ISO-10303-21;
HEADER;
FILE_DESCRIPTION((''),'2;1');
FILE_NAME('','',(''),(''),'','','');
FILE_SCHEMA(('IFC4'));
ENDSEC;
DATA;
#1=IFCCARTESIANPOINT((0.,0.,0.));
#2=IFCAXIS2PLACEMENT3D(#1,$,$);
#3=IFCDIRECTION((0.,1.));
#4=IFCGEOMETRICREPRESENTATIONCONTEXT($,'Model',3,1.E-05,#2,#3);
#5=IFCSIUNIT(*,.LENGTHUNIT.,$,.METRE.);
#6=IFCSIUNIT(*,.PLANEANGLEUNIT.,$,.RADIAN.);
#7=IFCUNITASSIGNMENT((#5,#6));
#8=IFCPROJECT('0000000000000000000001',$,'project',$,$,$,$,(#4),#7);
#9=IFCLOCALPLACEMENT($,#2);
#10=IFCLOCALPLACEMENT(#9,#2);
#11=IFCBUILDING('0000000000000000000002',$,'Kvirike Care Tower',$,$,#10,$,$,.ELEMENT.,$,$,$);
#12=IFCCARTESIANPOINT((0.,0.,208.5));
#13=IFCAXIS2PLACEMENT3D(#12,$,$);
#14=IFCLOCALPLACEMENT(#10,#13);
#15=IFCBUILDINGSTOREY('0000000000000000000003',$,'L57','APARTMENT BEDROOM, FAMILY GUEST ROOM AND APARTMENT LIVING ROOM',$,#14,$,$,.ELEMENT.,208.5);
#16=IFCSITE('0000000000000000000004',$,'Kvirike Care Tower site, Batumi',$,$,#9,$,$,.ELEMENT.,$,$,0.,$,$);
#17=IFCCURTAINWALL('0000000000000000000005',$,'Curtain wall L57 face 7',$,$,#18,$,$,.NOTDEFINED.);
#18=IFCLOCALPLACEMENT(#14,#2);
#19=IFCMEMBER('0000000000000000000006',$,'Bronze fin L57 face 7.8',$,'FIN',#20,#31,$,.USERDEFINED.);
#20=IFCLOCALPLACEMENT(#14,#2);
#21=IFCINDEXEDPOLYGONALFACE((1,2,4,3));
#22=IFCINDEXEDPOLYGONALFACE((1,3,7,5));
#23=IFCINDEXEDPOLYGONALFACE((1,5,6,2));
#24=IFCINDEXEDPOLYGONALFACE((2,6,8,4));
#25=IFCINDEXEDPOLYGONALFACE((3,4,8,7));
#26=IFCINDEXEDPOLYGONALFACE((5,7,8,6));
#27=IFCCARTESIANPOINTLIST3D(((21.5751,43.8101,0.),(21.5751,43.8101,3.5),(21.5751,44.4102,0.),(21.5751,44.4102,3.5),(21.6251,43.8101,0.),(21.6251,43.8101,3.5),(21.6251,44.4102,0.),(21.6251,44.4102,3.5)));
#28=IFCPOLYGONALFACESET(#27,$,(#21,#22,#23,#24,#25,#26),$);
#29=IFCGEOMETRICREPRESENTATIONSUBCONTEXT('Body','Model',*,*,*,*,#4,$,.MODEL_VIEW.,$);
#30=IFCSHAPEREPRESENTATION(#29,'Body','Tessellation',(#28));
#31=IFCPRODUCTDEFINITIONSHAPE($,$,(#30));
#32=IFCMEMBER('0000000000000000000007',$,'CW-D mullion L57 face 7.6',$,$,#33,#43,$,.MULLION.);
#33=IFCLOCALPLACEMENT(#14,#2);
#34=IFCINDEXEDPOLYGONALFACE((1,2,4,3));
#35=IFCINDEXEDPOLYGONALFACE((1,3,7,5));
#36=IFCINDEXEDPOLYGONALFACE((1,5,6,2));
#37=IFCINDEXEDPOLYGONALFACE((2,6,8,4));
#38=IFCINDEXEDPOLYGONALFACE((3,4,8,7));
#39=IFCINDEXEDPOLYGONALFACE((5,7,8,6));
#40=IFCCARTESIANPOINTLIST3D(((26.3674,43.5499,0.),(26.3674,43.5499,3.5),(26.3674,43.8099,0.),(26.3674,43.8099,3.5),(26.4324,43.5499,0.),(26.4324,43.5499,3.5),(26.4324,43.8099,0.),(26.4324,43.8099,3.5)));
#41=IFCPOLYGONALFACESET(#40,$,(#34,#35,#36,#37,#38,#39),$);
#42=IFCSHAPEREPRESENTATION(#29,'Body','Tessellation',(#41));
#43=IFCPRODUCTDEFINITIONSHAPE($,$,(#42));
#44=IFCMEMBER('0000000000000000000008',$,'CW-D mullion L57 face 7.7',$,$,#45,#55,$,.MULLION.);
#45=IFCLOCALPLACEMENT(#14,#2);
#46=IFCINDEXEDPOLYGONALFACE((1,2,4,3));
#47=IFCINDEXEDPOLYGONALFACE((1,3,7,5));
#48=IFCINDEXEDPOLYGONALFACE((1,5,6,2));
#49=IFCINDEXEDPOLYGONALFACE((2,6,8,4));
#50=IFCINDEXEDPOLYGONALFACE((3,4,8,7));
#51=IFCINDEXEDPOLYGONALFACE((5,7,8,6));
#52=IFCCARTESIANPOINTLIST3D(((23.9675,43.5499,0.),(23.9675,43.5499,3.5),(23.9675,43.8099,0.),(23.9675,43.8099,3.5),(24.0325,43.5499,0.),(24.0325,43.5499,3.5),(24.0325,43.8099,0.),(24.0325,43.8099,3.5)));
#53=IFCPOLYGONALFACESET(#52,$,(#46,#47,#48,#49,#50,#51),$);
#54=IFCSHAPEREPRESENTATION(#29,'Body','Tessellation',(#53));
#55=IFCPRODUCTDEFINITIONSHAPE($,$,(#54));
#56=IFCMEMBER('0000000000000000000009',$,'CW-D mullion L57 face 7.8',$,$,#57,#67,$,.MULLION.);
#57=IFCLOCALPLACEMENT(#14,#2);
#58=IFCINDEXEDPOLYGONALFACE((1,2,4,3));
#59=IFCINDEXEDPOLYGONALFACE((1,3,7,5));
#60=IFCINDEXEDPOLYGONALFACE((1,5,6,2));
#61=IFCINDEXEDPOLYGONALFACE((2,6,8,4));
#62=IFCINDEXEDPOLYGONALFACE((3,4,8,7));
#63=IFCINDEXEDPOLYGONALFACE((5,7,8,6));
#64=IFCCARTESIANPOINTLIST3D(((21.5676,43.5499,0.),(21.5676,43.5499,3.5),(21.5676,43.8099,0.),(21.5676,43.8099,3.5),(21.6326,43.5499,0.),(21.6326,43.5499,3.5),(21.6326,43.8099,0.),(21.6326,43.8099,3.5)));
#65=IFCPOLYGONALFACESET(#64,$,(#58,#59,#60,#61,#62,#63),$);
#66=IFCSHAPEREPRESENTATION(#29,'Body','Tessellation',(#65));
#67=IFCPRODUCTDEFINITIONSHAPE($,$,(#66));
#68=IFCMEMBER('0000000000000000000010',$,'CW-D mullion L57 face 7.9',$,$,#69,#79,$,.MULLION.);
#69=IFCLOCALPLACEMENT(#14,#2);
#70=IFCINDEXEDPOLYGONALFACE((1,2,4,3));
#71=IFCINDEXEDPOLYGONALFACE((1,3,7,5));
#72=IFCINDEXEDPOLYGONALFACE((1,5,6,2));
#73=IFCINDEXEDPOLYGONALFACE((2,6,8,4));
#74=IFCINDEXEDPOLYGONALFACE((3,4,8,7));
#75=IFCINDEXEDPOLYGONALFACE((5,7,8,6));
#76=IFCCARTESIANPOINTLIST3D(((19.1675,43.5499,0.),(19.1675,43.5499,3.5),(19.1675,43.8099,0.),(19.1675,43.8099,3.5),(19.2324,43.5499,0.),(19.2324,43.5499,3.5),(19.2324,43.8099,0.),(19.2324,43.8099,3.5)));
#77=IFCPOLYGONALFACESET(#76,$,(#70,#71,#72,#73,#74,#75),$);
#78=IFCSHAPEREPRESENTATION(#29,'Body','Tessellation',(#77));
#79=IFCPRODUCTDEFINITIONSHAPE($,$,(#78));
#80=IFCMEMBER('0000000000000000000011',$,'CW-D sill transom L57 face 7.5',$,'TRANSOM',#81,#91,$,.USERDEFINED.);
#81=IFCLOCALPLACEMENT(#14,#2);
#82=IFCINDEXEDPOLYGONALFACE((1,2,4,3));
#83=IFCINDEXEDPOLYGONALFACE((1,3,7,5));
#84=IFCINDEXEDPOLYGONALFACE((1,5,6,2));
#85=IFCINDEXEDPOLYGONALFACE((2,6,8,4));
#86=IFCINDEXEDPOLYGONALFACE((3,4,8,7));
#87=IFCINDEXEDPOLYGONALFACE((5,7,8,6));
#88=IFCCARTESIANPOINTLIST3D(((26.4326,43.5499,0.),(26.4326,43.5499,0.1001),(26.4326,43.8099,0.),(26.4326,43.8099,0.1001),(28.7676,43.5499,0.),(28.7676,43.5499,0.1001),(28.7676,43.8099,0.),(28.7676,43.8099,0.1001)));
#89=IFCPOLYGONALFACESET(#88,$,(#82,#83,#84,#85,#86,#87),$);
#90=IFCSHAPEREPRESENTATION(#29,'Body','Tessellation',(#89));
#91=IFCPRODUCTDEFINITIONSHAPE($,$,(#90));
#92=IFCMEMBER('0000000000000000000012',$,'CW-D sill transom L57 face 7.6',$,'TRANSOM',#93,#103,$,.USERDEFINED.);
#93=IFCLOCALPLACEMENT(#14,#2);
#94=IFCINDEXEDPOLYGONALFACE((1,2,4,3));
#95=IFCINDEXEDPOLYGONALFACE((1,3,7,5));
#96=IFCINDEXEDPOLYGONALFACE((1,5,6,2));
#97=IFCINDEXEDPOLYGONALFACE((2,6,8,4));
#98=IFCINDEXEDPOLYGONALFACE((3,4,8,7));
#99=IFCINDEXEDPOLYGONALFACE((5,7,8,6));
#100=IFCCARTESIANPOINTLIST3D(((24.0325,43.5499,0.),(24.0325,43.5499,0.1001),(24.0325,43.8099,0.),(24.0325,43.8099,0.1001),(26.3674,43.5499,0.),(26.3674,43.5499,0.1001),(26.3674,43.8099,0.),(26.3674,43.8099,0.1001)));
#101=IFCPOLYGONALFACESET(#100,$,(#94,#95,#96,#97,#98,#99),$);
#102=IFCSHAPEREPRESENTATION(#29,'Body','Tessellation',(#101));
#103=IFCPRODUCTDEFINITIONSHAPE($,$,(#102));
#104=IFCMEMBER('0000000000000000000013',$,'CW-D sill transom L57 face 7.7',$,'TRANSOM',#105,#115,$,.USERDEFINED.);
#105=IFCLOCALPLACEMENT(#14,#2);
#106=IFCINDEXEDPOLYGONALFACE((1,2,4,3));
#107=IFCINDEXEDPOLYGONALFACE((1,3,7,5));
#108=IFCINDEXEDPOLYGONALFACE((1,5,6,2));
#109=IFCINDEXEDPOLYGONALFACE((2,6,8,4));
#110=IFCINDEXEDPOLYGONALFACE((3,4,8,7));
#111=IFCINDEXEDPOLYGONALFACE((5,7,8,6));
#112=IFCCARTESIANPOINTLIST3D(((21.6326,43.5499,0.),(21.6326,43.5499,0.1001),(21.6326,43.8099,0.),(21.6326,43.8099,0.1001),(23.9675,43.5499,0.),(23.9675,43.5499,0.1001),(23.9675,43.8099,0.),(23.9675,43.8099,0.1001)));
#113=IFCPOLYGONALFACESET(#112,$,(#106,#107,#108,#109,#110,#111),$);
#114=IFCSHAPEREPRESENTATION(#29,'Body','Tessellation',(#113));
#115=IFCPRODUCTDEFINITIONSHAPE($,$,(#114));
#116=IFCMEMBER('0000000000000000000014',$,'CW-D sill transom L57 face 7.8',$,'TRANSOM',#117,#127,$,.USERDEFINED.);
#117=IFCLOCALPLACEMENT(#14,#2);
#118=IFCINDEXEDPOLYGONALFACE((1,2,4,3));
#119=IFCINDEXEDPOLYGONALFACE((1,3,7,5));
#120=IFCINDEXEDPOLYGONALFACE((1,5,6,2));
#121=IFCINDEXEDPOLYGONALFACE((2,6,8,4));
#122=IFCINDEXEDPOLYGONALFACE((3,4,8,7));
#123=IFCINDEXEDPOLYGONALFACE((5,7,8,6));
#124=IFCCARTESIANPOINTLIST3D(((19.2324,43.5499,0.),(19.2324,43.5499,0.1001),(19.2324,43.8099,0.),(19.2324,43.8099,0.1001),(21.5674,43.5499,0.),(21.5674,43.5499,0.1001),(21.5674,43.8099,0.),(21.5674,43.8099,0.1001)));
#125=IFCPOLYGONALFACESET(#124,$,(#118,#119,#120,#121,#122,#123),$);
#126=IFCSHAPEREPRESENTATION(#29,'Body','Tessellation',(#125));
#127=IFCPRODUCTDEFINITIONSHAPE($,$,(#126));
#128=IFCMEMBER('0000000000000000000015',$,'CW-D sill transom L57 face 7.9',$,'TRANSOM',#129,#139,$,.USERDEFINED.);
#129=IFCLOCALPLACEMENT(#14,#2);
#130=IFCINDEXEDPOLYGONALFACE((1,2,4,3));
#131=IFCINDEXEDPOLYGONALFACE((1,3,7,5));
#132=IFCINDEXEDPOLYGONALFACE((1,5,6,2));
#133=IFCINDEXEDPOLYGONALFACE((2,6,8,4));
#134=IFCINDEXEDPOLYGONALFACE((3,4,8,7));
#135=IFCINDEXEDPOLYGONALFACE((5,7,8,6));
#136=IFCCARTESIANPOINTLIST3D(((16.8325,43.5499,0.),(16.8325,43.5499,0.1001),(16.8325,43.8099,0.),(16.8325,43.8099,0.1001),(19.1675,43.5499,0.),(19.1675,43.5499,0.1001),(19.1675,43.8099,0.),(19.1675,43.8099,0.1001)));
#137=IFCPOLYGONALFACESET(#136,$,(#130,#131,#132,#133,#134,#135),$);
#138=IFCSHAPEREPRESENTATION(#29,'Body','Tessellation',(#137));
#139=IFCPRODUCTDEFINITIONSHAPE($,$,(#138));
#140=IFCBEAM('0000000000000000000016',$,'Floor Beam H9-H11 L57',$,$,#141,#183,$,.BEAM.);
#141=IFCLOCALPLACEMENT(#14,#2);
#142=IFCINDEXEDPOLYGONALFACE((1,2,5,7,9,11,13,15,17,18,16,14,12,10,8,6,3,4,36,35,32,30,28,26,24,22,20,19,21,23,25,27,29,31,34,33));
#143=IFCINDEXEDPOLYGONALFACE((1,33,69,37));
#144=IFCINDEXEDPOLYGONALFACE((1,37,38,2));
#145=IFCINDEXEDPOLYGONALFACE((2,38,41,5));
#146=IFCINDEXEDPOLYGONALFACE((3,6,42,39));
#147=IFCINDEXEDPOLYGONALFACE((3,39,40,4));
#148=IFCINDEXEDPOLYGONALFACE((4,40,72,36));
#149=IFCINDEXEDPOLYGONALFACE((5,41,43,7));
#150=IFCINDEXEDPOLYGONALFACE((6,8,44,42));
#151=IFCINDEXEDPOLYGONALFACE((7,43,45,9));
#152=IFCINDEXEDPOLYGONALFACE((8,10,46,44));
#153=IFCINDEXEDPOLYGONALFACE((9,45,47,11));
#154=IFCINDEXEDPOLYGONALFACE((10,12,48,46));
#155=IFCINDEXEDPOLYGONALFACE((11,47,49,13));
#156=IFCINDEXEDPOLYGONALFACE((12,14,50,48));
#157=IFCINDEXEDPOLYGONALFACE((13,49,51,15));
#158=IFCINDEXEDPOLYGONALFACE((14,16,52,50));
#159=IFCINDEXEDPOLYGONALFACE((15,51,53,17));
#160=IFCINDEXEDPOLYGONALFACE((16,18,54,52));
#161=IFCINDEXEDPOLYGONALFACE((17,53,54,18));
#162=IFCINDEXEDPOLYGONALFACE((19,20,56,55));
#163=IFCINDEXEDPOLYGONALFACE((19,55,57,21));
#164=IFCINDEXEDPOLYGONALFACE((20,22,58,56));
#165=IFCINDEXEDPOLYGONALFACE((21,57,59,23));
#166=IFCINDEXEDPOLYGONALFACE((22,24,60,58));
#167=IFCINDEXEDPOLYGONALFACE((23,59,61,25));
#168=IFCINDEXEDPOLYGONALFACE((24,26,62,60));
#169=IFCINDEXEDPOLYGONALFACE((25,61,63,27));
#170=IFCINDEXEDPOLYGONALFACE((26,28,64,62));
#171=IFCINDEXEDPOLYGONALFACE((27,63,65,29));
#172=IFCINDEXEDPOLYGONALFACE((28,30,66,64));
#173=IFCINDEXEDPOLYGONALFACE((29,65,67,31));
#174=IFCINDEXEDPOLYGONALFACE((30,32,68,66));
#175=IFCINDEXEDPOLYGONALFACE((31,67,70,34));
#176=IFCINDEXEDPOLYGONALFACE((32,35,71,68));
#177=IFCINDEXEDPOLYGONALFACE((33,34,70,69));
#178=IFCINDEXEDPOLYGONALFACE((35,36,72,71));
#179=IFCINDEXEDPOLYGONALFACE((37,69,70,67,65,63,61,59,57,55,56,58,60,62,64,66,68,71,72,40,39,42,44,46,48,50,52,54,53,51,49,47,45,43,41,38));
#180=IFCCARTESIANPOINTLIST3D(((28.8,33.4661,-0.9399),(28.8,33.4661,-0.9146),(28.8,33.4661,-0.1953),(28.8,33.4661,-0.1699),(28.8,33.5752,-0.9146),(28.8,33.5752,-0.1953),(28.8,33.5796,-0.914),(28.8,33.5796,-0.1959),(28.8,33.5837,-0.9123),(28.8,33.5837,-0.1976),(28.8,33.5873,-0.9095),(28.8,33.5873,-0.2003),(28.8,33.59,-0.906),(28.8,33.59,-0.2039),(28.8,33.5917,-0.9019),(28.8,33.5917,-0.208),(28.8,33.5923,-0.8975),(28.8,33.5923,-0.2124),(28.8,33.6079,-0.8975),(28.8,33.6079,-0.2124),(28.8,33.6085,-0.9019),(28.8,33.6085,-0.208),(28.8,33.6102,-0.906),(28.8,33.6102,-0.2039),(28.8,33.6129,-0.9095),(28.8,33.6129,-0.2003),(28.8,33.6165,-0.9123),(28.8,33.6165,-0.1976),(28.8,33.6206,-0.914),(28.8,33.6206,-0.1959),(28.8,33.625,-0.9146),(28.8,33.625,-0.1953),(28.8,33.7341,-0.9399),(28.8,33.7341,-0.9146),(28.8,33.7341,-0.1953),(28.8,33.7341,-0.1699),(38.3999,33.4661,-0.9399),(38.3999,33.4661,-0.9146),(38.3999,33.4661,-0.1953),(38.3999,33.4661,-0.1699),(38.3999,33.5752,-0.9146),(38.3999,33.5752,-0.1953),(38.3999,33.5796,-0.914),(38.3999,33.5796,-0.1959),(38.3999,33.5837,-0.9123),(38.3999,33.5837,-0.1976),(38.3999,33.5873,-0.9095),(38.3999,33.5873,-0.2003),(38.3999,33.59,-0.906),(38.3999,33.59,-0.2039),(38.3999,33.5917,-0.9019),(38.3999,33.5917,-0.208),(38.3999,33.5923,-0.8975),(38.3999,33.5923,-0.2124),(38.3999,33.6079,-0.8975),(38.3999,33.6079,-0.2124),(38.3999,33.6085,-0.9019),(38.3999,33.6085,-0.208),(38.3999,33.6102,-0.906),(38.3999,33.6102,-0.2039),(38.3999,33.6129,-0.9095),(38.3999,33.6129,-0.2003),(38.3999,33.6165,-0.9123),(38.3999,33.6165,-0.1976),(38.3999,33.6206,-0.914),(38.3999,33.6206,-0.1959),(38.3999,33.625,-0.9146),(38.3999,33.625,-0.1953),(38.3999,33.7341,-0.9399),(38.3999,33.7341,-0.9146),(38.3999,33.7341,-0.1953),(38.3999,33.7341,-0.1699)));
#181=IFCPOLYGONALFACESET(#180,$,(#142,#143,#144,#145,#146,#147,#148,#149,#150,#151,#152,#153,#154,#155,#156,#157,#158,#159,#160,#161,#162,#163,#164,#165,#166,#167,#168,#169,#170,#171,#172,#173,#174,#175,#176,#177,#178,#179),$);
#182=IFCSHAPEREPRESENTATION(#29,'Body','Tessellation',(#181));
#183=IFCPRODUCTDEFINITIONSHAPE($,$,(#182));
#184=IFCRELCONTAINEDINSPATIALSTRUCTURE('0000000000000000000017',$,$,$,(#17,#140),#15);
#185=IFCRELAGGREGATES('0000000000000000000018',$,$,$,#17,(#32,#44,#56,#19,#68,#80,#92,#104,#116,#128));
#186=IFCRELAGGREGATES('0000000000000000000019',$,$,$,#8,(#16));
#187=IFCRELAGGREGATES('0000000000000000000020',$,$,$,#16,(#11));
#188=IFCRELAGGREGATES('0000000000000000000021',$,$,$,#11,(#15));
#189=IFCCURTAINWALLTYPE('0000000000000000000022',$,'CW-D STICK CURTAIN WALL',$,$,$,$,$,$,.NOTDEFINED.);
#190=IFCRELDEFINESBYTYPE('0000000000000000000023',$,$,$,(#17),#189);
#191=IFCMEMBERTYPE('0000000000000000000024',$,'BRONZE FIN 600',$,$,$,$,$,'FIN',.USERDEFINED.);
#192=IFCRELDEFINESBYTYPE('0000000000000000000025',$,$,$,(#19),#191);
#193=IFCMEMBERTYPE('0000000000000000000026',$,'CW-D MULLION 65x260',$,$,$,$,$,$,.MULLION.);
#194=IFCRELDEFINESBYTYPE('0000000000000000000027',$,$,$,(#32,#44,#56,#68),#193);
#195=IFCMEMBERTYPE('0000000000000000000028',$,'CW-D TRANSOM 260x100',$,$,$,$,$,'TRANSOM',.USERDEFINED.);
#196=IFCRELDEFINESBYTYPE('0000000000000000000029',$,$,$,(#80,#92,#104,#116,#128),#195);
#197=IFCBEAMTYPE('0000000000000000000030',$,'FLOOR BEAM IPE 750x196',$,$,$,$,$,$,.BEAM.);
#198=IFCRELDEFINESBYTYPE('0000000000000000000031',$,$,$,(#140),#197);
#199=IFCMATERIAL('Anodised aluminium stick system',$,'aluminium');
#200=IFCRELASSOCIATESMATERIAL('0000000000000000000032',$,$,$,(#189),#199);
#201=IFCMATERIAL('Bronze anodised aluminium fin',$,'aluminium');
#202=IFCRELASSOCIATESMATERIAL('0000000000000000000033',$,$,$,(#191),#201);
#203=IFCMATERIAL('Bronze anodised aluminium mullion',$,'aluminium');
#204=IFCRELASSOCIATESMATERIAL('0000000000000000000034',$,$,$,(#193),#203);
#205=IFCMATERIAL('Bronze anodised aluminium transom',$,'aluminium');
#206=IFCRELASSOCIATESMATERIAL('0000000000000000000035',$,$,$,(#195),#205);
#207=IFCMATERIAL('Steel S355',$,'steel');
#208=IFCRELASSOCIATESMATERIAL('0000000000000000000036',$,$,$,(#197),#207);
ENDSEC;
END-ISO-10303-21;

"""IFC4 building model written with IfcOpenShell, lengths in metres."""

from ifc_helpers import new_model, si_unit, direction, frame, origin, origin_2d, place, context, subcontext, project, spatial, rectangle, i_section, extrude, material, material_profile, profile_set, type_object, element, aggregate, save


model = new_model("IFC4")

# Units and contexts
model_context = context("Model", 3, precision=1e-05, world=origin(), true_north=direction((0.0, 1.0)))
body_context = subcontext(model_context, "Body", "Model", "MODEL_VIEW")
ifc_project = project(units=[si_unit("LENGTHUNIT", "METRE"), si_unit("PLANEANGLEUNIT", "RADIAN")], contexts=[model_context])

# Site, building, storey
site_placement = place(None, origin())
site = spatial("IfcSite", under=ifc_project, at=site_placement, Name="Kvirike Care Tower site, Batumi", CompositionType="ELEMENT", RefElevation=0.0)
building_placement = place(site_placement, origin())
building = spatial("IfcBuilding", under=site, at=building_placement, Name="Kvirike Care Tower", CompositionType="ELEMENT")
storey_placement = place(building_placement, frame((0.0, 0.0, 208.5)))
storey = spatial("IfcBuildingStorey", under=building, at=storey_placement, Name="L57", Description="APARTMENT BEDROOM, FAMILY GUEST ROOM AND APARTMENT LIVING ROOM", CompositionType="ELEMENT", Elevation=208.5)

# Curtain wall, members
ifc_material_1 = material(Name="Anodised aluminium stick system", Category="aluminium")
curtain_wall_type = type_object("IfcCurtainWallType", Name="CW-D STICK CURTAIN WALL", PredefinedType="NOTDEFINED", material=ifc_material_1)
curtain_wall_placement = place(storey_placement, origin())
curtain_wall = element("IfcCurtainWall", 1, at=curtain_wall_placement, inside=storey, type_object=curtain_wall_type, Name="Curtain wall L57 face 7", PredefinedType="NOTDEFINED")
ifc_material_2 = material(Name="Bronze anodised aluminium fin", Category="aluminium")
ifc_material_profile_1 = material_profile(ifc_material_2, rectangle(XDim=0.05, YDim=0.6001, at=origin_2d()), Name="BRONZE FIN 600")
ifc_profile_set_1 = profile_set([ifc_material_profile_1], Name="Bronze anodised aluminium fin")
member_type_1 = type_object("IfcMemberType", Name="BRONZE FIN 600", ElementType="FIN", PredefinedType="USERDEFINED", material=ifc_profile_set_1)
member_1_placement = place(storey_placement, frame((21.6001, 44.1101, 0.0), z_axis=(0.0, 0.0, 1.0), x_axis=(-1.0, 0.0, 0.0)))
member_1 = element("IfcMember", 2, at=member_1_placement, type_object=member_type_1, Name="Bronze fin L57 face 7.8", ObjectType="FIN", PredefinedType="USERDEFINED", context=body_context, shape_type="SweptSolid", body=[
    extrude(rectangle(XDim=0.05, YDim=0.6001, at=origin_2d()), origin(), (0.0, 0.0, 1.0), 3.5),
])
ifc_material_3 = material(Name="Bronze anodised aluminium mullion", Category="aluminium")
ifc_material_profile_2 = material_profile(ifc_material_3, rectangle(XDim=0.0649, YDim=0.26, at=origin_2d()), Name="CW-D MULLION 65x260")
ifc_profile_set_2 = profile_set([ifc_material_profile_2], Name="Bronze anodised aluminium mullion")
member_type_2 = type_object("IfcMemberType", Name="CW-D MULLION 65x260", PredefinedType="MULLION", material=ifc_profile_set_2)
member_2_placement = place(storey_placement, frame((26.3999, 43.6799, 0.0), z_axis=(0.0, 0.0, 1.0), x_axis=(-1.0, 0.0, 0.0)))
member_2 = element("IfcMember", 3, at=member_2_placement, type_object=member_type_2, Name="CW-D mullion L57 face 7.6", PredefinedType="MULLION", context=body_context, shape_type="SweptSolid", body=[
    extrude(rectangle(XDim=0.0649, YDim=0.26, at=origin_2d()), origin(), (0.0, 0.0, 1.0), 3.5),
])
member_3_placement = place(storey_placement, frame((24.0, 43.6799, 0.0), z_axis=(0.0, 0.0, 1.0), x_axis=(-1.0, 0.0, 0.0)))
member_3 = element("IfcMember", 4, at=member_3_placement, type_object=member_type_2, Name="CW-D mullion L57 face 7.7", PredefinedType="MULLION", context=body_context, shape_type="SweptSolid", body=[
    extrude(rectangle(XDim=0.0649, YDim=0.26, at=origin_2d()), origin(), (0.0, 0.0, 1.0), 3.5),
])
member_4_placement = place(storey_placement, frame((21.6001, 43.6799, 0.0), z_axis=(0.0, 0.0, 1.0), x_axis=(-1.0, 0.0, 0.0)))
member_4 = element("IfcMember", 5, at=member_4_placement, type_object=member_type_2, Name="CW-D mullion L57 face 7.8", PredefinedType="MULLION", context=body_context, shape_type="SweptSolid", body=[
    extrude(rectangle(XDim=0.0649, YDim=0.26, at=origin_2d()), origin(), (0.0, 0.0, 1.0), 3.5),
])
member_5_placement = place(storey_placement, frame((19.2, 43.6799, 0.0), z_axis=(0.0, 0.0, 1.0), x_axis=(-1.0, 0.0, 0.0)))
member_5 = element("IfcMember", 6, at=member_5_placement, type_object=member_type_2, Name="CW-D mullion L57 face 7.9", PredefinedType="MULLION", context=body_context, shape_type="SweptSolid", body=[
    extrude(rectangle(XDim=0.0649, YDim=0.26, at=origin_2d()), origin(), (0.0, 0.0, 1.0), 3.5),
])
ifc_material_4 = material(Name="Bronze anodised aluminium transom", Category="aluminium")
ifc_material_profile_3 = material_profile(ifc_material_4, rectangle(XDim=0.26, YDim=0.1001, at=origin_2d()), Name="CW-D TRANSOM 260x100")
ifc_profile_set_3 = profile_set([ifc_material_profile_3], Name="Bronze anodised aluminium transom")
member_type_3 = type_object("IfcMemberType", Name="CW-D TRANSOM 260x100", ElementType="TRANSOM", PredefinedType="USERDEFINED", material=ifc_profile_set_3)
member_6_placement = place(storey_placement, frame((28.7676, 43.6799, 0.05), z_axis=(-1.0, 0.0, 0.0), x_axis=(0.0, -1.0, 0.0)))
member_6 = element("IfcMember", 7, at=member_6_placement, type_object=member_type_3, Name="CW-D sill transom L57 face 7.5", ObjectType="TRANSOM", PredefinedType="USERDEFINED", context=body_context, shape_type="SweptSolid", body=[
    extrude(rectangle(XDim=0.26, YDim=0.1001, at=origin_2d()), origin(), (0.0, 0.0, 1.0), 2.335),
])
member_7_placement = place(storey_placement, frame((26.3674, 43.6799, 0.05), z_axis=(-1.0, 0.0, 0.0), x_axis=(0.0, -1.0, 0.0)))
member_7 = element("IfcMember", 8, at=member_7_placement, type_object=member_type_3, Name="CW-D sill transom L57 face 7.6", ObjectType="TRANSOM", PredefinedType="USERDEFINED", context=body_context, shape_type="SweptSolid", body=[
    extrude(rectangle(XDim=0.26, YDim=0.1001, at=origin_2d()), origin(), (0.0, 0.0, 1.0), 2.335),
])
member_8_placement = place(storey_placement, frame((23.9675, 43.6799, 0.05), z_axis=(-1.0, 0.0, 0.0), x_axis=(0.0, -1.0, 0.0)))
member_8 = element("IfcMember", 9, at=member_8_placement, type_object=member_type_3, Name="CW-D sill transom L57 face 7.7", ObjectType="TRANSOM", PredefinedType="USERDEFINED", context=body_context, shape_type="SweptSolid", body=[
    extrude(rectangle(XDim=0.26, YDim=0.1001, at=origin_2d()), origin(), (0.0, 0.0, 1.0), 2.335),
])
member_9_placement = place(storey_placement, frame((21.5674, 43.6799, 0.05), z_axis=(-1.0, 0.0, 0.0), x_axis=(0.0, -1.0, 0.0)))
member_9 = element("IfcMember", 10, at=member_9_placement, type_object=member_type_3, Name="CW-D sill transom L57 face 7.8", ObjectType="TRANSOM", PredefinedType="USERDEFINED", context=body_context, shape_type="SweptSolid", body=[
    extrude(rectangle(XDim=0.26, YDim=0.1001, at=origin_2d()), origin(), (0.0, 0.0, 1.0), 2.335),
])
member_10_placement = place(storey_placement, frame((19.1675, 43.6799, 0.05), z_axis=(-1.0, 0.0, 0.0), x_axis=(0.0, -1.0, 0.0)))
member_10 = element("IfcMember", 11, at=member_10_placement, type_object=member_type_3, Name="CW-D sill transom L57 face 7.9", ObjectType="TRANSOM", PredefinedType="USERDEFINED", context=body_context, shape_type="SweptSolid", body=[
    extrude(rectangle(XDim=0.26, YDim=0.1001, at=origin_2d()), origin(), (0.0, 0.0, 1.0), 2.335),
])

# Beam
ifc_material_5 = material(Name="Steel S355", Category="steel")
ifc_material_profile_4 = material_profile(ifc_material_5, i_section(OverallWidth=0.2681, OverallDepth=0.77, WebThickness=0.0156, FlangeThickness=0.0254, FilletRadius=0.0171, at=origin_2d()), Name="IPE 750x196")
ifc_profile_set_4 = profile_set([ifc_material_profile_4], Name="Steel S355")
beam_type_1 = type_object("IfcBeamType", Name="FLOOR BEAM IPE 750x196", PredefinedType="BEAM", material=ifc_profile_set_4)
for number, where, z_axis, x_axis, name in (
    (12, (28.8, 33.6001, -0.5549), (1.0, 0.0, 0.0), (0.0, 1.0, 0.0), "Floor Beam H9-H11 L57"),
):
    element("IfcBeam", number, at=place(storey_placement, frame(where, z_axis=z_axis, x_axis=x_axis)), inside=storey, type_object=beam_type_1, Name=name, PredefinedType="BEAM", context=body_context, shape_type="SweptSolid", body=[
        extrude(i_section(OverallWidth=0.2681, OverallDepth=0.77, WebThickness=0.0156, FlangeThickness=0.0254, FilletRadius=0.0171, at=origin_2d()), origin(), (0.0, 0.0, 1.0), 9.5999),
    ])

aggregate(curtain_wall, [member_2, member_3, member_4, member_1, member_5, member_6, member_7, member_8, member_9, member_10])

save(model, "model.ifc")
